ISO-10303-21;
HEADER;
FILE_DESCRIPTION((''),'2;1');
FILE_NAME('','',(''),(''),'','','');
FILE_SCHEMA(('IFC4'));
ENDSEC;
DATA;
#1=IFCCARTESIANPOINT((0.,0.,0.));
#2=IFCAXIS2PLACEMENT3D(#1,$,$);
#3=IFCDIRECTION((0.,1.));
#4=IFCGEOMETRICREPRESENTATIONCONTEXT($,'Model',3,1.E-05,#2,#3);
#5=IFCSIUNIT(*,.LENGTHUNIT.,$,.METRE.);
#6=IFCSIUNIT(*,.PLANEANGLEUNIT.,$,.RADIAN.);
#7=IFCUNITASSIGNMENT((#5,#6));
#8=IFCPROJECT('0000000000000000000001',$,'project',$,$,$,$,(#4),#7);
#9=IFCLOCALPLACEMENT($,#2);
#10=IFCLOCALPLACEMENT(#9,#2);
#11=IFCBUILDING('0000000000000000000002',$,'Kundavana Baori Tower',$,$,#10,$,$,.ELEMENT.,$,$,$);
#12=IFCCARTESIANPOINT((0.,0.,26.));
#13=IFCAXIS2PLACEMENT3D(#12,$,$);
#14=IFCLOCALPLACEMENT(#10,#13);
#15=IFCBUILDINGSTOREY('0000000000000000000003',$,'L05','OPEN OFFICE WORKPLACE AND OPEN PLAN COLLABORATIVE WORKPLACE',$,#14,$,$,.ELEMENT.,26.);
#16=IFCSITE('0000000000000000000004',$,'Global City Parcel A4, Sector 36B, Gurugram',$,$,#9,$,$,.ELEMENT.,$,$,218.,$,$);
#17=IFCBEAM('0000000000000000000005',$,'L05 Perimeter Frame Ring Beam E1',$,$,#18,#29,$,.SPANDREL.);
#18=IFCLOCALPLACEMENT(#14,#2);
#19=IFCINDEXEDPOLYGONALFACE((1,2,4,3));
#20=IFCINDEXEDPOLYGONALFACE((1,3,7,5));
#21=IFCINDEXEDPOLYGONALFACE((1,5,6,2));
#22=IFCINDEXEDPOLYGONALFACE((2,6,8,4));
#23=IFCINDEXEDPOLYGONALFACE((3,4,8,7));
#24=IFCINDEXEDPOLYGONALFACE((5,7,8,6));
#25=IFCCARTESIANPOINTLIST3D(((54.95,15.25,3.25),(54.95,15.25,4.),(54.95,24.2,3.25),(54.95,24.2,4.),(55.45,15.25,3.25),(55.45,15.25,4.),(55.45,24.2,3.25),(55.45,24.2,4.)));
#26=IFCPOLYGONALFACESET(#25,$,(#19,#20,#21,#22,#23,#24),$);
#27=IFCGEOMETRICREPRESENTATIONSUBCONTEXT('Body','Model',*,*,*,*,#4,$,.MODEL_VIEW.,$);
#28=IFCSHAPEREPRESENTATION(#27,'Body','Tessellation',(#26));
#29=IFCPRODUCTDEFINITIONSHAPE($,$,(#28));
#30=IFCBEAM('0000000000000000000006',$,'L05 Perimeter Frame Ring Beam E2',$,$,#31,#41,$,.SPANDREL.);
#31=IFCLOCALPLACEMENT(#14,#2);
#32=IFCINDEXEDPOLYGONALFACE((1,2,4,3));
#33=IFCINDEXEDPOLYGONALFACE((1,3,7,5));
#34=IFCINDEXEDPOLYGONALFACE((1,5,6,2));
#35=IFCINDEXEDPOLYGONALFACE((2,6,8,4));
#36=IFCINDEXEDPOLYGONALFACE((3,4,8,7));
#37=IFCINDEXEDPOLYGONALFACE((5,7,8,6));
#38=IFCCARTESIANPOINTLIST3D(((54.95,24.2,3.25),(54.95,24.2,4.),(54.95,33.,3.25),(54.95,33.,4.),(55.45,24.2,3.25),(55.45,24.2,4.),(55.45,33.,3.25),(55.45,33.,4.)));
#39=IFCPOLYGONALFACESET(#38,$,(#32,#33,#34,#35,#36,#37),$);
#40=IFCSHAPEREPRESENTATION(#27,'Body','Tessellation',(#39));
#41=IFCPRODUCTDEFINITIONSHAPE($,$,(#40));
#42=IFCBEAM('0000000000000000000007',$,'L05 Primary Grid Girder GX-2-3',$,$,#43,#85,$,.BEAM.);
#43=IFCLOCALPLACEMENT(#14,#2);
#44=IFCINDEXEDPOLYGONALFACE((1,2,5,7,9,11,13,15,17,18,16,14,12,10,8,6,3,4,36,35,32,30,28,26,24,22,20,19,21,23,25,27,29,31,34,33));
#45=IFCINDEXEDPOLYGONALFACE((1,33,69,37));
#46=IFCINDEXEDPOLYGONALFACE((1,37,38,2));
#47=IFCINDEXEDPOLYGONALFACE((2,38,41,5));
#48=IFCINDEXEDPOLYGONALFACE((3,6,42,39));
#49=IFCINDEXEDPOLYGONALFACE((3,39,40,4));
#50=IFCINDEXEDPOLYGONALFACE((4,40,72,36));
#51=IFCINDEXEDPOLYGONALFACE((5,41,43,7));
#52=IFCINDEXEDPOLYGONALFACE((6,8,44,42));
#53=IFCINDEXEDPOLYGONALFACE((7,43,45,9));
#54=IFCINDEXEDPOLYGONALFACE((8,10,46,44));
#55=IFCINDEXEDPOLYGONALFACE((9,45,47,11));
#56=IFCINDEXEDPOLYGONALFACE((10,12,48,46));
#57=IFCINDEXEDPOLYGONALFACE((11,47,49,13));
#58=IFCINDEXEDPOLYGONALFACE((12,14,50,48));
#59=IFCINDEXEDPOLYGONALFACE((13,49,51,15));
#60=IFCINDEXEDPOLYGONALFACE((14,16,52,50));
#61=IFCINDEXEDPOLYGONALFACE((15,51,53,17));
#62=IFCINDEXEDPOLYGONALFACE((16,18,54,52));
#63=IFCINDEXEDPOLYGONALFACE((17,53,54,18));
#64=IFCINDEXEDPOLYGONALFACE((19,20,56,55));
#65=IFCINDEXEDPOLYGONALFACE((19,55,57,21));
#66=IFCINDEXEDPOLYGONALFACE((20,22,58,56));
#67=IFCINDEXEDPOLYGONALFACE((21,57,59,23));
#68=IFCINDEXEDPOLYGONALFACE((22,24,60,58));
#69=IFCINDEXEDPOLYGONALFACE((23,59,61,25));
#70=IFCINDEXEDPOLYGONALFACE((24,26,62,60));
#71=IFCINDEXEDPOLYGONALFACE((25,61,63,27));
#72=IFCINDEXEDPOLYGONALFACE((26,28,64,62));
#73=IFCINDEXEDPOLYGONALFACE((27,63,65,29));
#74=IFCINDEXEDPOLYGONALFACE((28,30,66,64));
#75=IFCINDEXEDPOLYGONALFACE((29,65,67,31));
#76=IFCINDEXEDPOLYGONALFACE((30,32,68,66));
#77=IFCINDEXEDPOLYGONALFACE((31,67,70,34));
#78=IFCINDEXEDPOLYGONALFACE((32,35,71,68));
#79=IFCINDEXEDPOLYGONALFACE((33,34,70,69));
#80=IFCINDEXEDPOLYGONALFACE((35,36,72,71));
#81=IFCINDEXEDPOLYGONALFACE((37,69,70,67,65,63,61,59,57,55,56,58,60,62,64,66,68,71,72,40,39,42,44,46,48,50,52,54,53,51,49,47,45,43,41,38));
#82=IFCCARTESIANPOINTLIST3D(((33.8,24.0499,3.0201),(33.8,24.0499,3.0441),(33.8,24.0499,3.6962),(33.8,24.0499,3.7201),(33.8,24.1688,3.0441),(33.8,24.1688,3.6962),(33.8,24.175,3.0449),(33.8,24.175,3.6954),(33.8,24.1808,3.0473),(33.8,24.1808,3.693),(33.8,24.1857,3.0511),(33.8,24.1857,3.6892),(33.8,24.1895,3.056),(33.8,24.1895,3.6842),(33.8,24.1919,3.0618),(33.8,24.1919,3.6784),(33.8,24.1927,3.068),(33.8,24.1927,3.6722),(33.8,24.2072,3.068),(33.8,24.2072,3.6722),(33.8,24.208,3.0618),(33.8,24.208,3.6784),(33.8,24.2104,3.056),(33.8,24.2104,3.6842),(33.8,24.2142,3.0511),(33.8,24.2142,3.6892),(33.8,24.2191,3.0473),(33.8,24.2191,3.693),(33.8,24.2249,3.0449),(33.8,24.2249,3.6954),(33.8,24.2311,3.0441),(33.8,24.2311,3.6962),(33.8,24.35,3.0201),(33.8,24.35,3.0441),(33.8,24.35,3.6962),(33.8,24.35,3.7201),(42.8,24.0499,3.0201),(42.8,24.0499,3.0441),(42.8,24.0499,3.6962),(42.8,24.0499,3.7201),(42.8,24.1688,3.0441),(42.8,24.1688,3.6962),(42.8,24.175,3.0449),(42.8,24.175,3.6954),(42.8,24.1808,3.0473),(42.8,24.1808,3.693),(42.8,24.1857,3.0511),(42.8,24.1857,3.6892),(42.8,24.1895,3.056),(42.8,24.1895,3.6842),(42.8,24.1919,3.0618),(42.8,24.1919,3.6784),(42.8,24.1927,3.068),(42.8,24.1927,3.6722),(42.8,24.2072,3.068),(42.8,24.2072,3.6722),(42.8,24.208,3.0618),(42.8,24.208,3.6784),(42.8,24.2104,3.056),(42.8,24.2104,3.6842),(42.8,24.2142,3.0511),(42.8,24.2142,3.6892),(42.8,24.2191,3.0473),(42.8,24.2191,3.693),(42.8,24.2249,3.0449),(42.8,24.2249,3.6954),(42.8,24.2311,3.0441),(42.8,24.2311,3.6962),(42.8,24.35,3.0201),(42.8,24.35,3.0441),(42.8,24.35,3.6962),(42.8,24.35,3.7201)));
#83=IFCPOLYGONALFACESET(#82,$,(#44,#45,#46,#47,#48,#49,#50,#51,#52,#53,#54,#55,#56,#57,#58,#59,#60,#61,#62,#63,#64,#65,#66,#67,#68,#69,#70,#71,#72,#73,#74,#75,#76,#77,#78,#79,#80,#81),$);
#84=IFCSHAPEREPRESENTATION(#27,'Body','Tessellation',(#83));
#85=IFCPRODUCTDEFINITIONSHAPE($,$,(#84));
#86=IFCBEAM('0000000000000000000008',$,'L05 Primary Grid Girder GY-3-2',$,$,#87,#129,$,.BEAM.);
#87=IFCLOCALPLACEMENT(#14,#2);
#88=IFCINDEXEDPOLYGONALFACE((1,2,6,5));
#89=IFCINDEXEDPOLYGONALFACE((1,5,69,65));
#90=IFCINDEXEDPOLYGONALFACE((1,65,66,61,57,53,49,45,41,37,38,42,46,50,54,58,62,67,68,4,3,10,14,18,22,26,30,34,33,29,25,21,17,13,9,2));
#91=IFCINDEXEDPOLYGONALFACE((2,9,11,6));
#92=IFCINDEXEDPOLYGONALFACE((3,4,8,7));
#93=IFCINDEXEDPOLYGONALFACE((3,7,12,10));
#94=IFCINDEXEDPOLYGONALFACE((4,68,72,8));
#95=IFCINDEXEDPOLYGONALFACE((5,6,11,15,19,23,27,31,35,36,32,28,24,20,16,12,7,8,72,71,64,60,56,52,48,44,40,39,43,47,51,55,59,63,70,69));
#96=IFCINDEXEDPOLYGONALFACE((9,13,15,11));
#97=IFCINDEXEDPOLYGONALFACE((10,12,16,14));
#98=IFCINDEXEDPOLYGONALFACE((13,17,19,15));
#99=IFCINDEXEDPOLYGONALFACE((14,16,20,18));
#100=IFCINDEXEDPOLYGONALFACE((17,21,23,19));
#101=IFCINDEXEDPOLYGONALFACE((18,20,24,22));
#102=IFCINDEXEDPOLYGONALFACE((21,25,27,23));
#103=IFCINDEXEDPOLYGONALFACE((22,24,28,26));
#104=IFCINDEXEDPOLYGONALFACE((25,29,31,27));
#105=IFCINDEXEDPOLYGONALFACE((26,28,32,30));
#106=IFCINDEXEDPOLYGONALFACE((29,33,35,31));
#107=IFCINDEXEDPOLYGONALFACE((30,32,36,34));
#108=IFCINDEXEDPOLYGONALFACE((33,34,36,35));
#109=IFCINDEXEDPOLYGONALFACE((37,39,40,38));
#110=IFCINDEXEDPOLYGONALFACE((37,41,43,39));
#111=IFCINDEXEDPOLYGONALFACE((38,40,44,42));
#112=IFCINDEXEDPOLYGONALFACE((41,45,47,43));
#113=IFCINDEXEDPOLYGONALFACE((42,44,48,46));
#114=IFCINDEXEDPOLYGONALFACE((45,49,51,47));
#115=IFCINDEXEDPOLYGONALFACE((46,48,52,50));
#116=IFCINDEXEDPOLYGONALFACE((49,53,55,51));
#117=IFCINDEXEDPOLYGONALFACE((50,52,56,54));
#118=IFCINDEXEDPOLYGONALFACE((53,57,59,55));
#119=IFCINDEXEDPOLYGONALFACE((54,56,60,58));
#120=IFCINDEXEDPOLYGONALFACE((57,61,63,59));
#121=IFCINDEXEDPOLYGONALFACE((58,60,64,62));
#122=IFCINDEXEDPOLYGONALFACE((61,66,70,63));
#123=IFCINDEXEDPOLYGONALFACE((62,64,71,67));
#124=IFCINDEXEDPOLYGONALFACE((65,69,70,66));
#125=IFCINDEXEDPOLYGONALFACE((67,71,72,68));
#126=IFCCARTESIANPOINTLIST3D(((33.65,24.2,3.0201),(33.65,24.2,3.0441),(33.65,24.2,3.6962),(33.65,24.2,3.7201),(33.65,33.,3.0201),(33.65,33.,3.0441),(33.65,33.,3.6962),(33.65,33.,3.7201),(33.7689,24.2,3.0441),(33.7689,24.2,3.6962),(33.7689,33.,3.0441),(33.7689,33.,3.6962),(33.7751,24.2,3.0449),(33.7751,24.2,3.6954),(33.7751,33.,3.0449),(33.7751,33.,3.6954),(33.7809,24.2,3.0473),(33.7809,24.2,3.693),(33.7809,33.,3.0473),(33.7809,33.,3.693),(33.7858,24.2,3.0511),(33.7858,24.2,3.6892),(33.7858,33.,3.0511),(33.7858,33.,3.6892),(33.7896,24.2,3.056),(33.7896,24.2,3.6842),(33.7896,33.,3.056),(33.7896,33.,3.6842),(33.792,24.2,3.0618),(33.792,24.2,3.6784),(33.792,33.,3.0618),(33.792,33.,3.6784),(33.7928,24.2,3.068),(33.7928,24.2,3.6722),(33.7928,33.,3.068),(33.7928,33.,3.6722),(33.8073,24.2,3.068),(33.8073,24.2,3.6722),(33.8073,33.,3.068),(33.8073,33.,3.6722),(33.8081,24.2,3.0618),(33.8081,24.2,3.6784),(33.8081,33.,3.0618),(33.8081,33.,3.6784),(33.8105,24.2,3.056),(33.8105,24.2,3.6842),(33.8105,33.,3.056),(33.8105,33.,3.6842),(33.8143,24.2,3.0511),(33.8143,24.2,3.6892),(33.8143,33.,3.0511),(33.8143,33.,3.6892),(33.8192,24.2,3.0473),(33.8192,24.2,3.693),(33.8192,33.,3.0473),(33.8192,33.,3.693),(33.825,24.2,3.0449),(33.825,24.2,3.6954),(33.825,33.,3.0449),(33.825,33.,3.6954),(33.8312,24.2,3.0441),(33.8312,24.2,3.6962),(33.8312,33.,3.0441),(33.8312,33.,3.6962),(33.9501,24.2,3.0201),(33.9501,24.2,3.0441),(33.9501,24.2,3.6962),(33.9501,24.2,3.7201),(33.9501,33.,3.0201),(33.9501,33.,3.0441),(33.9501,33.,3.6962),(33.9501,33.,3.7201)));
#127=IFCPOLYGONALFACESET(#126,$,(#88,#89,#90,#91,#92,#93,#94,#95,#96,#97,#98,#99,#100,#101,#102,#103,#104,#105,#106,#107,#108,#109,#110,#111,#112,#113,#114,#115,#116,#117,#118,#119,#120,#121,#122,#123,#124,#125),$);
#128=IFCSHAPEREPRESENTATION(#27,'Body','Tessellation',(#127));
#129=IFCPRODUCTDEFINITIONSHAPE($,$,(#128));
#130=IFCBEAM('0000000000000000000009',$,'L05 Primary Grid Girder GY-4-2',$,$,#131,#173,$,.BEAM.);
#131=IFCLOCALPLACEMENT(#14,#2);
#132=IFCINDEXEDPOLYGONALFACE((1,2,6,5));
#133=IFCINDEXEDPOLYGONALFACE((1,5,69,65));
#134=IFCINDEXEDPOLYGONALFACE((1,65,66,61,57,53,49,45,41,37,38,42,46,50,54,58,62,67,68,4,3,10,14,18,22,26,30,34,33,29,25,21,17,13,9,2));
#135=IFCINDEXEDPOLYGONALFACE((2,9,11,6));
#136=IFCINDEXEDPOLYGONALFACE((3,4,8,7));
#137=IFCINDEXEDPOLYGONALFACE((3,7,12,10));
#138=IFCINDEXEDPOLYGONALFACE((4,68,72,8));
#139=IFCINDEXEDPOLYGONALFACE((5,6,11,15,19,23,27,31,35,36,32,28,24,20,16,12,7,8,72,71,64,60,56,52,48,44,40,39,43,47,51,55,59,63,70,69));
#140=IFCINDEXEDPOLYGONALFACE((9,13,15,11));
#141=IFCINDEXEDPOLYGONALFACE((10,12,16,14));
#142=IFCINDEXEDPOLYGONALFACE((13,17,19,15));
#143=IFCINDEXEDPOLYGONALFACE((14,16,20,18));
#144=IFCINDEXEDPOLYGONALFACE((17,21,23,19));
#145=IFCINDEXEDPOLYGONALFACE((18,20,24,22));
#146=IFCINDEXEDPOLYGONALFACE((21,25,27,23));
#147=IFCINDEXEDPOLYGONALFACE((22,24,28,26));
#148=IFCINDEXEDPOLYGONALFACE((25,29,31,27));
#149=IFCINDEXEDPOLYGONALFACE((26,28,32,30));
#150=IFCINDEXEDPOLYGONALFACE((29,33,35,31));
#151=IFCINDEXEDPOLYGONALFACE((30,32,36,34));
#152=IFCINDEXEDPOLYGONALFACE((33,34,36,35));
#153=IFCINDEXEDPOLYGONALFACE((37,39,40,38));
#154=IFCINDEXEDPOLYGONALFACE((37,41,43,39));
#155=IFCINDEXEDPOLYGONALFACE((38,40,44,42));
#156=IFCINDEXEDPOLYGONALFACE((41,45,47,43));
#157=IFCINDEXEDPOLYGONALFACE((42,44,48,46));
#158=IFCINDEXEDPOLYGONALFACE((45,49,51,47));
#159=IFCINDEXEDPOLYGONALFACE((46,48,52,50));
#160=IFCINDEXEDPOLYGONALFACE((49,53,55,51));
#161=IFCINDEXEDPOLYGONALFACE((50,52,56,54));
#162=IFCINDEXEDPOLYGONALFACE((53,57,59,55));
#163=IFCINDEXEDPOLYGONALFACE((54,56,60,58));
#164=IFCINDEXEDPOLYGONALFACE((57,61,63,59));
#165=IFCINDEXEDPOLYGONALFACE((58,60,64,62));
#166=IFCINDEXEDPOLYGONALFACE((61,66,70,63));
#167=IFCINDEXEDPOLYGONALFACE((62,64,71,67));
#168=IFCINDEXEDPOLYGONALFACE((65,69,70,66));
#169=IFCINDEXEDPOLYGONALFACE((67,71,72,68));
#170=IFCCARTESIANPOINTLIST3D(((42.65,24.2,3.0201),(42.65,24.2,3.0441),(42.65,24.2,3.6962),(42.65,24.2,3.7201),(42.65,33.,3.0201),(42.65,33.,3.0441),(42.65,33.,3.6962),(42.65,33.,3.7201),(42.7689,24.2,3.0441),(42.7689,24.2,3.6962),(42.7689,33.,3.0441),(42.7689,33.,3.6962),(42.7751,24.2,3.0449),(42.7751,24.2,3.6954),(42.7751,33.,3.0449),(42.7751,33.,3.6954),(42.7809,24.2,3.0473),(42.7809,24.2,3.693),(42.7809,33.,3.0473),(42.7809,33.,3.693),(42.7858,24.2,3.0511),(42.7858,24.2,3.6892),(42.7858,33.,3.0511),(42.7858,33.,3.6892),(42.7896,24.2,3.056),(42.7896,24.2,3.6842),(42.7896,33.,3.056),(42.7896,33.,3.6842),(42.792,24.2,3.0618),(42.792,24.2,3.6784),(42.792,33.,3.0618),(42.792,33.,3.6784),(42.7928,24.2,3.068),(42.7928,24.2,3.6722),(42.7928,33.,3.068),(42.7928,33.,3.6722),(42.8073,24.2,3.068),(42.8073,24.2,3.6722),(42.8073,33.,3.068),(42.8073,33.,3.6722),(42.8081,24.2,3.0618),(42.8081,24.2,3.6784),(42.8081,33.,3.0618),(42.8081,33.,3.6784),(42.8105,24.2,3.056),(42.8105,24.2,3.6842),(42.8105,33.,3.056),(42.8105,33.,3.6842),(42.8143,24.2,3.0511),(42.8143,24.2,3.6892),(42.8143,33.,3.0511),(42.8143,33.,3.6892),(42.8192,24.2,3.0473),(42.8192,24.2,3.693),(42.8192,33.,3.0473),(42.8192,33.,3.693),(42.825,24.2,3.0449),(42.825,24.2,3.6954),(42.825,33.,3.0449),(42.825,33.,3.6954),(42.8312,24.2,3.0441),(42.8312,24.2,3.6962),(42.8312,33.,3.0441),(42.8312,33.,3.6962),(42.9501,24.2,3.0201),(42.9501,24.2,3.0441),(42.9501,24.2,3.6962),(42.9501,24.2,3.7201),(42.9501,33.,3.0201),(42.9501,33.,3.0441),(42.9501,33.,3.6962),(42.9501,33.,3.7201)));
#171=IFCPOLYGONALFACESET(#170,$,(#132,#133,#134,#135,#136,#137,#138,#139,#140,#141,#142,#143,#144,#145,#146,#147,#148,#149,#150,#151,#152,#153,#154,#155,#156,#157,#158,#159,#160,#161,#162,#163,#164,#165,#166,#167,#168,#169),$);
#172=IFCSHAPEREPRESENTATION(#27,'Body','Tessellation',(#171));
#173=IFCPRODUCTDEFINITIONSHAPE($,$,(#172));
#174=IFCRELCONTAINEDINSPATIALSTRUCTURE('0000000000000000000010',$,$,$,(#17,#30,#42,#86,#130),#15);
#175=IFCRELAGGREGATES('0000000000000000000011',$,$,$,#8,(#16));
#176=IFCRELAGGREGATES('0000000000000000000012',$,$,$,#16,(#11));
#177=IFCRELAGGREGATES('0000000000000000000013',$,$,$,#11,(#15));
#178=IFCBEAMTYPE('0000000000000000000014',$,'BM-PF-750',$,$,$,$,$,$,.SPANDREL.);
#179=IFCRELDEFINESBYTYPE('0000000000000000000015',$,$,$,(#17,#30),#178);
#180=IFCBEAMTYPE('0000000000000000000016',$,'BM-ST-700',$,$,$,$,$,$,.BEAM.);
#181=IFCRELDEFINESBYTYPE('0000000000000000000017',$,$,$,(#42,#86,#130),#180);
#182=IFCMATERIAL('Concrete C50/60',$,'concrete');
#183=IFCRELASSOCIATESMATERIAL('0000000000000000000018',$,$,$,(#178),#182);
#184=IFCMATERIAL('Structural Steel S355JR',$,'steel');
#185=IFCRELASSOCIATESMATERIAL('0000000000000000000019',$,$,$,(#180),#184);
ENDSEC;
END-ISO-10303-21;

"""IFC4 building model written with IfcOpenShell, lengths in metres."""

from ifc_helpers import new_model, si_unit, direction, frame, origin, origin_2d, place, context, subcontext, project, spatial, rectangle, i_section, extrude, material, material_profile, profile_set, type_object, element, save


model = new_model("IFC4")

# Units and contexts
model_context = context("Model", 3, precision=1e-05, world=origin(), true_north=direction((0.0, 1.0)))
body_context = subcontext(model_context, "Body", "Model", "MODEL_VIEW")
ifc_project = project(units=[si_unit("LENGTHUNIT", "METRE"), si_unit("PLANEANGLEUNIT", "RADIAN")], contexts=[model_context])

# Site, building, storey
site_placement = place(None, origin())
site = spatial("IfcSite", under=ifc_project, at=site_placement, Name="Global City Parcel A4, Sector 36B, Gurugram", CompositionType="ELEMENT", RefElevation=218.0)
building_placement = place(site_placement, origin())
building = spatial("IfcBuilding", under=site, at=building_placement, Name="Kundavana Baori Tower", CompositionType="ELEMENT")
storey_placement = place(building_placement, frame((0.0, 0.0, 26.0)))
storey = spatial("IfcBuildingStorey", under=building, at=storey_placement, Name="L05", Description="OPEN OFFICE WORKPLACE AND OPEN PLAN COLLABORATIVE WORKPLACE", CompositionType="ELEMENT", Elevation=26.0)

# Beams
ifc_material_1 = material(Name="Concrete C50/60", Category="concrete")
ifc_material_profile_1 = material_profile(ifc_material_1, rectangle(XDim=0.5, YDim=0.75, at=origin_2d()), Name="RC BM 500x750")
ifc_profile_set_1 = profile_set([ifc_material_profile_1], Name="Concrete C50/60")
beam_type_1 = type_object("IfcBeamType", Name="BM-PF-750", PredefinedType="SPANDREL", material=ifc_profile_set_1)
beam_1_placement = place(storey_placement, frame((55.2, 15.25, 3.625), z_axis=(0.0, 1.0, 0.0), x_axis=(-1.0, 0.0, 0.0)))
element("IfcBeam", 1, at=beam_1_placement, inside=storey, type_object=beam_type_1, Name="L05 Perimeter Frame Ring Beam E1", PredefinedType="SPANDREL", context=body_context, shape_type="SweptSolid", body=[
    extrude(rectangle(XDim=0.5, YDim=0.75, at=origin_2d()), origin(), (0.0, 0.0, 1.0), 8.95),
])
beam_2_placement = place(storey_placement, frame((55.2, 24.2, 3.625), z_axis=(0.0, 1.0, 0.0), x_axis=(-1.0, 0.0, 0.0)))
element("IfcBeam", 2, at=beam_2_placement, inside=storey, type_object=beam_type_1, Name="L05 Perimeter Frame Ring Beam E2", PredefinedType="SPANDREL", context=body_context, shape_type="SweptSolid", body=[
    extrude(rectangle(XDim=0.5, YDim=0.75, at=origin_2d()), origin(), (0.0, 0.0, 1.0), 8.8),
])
ifc_material_2 = material(Name="Structural Steel S355JR", Category="steel")
ifc_material_profile_2 = material_profile(ifc_material_2, i_section(OverallWidth=0.3, OverallDepth=0.7, WebThickness=0.0144, FlangeThickness=0.0239, FilletRadius=0.0239, at=origin_2d()), Name="NPB 700x300x170")
ifc_profile_set_2 = profile_set([ifc_material_profile_2], Name="Structural Steel S355JR")
beam_type_2 = type_object("IfcBeamType", Name="BM-ST-700", PredefinedType="BEAM", material=ifc_profile_set_2)
beam_3_placement = place(storey_placement, frame((33.8, 24.2, 3.3701), z_axis=(1.0, 0.0, 0.0), x_axis=(0.0, 1.0, 0.0)))
element("IfcBeam", 3, at=beam_3_placement, inside=storey, type_object=beam_type_2, Name="L05 Primary Grid Girder GX-2-3", PredefinedType="BEAM", context=body_context, shape_type="SweptSolid", body=[
    extrude(i_section(OverallWidth=0.3, OverallDepth=0.7, WebThickness=0.0144, FlangeThickness=0.0239, FilletRadius=0.0239, at=origin_2d()), origin(), (0.0, 0.0, 1.0), 9.0),
])
for number, where, z_axis, x_axis, name in (
    (4, (33.8, 24.2, 3.3701), (0.0, 1.0, 0.0), (-1.0, 0.0, 0.0), "L05 Primary Grid Girder GY-3-2"),
    (5, (42.8, 24.2, 3.3701), (0.0, 1.0, 0.0), (-1.0, 0.0, 0.0), "L05 Primary Grid Girder GY-4-2"),
):
    element("IfcBeam", number, at=place(storey_placement, frame(where, z_axis=z_axis, x_axis=x_axis)), inside=storey, type_object=beam_type_2, Name=name, PredefinedType="BEAM", context=body_context, shape_type="SweptSolid", body=[
        extrude(i_section(OverallWidth=0.3, OverallDepth=0.7, WebThickness=0.0144, FlangeThickness=0.0239, FilletRadius=0.0239, at=origin_2d()), origin(), (0.0, 0.0, 1.0), 8.8),
    ])

save(model, "model.ifc")
